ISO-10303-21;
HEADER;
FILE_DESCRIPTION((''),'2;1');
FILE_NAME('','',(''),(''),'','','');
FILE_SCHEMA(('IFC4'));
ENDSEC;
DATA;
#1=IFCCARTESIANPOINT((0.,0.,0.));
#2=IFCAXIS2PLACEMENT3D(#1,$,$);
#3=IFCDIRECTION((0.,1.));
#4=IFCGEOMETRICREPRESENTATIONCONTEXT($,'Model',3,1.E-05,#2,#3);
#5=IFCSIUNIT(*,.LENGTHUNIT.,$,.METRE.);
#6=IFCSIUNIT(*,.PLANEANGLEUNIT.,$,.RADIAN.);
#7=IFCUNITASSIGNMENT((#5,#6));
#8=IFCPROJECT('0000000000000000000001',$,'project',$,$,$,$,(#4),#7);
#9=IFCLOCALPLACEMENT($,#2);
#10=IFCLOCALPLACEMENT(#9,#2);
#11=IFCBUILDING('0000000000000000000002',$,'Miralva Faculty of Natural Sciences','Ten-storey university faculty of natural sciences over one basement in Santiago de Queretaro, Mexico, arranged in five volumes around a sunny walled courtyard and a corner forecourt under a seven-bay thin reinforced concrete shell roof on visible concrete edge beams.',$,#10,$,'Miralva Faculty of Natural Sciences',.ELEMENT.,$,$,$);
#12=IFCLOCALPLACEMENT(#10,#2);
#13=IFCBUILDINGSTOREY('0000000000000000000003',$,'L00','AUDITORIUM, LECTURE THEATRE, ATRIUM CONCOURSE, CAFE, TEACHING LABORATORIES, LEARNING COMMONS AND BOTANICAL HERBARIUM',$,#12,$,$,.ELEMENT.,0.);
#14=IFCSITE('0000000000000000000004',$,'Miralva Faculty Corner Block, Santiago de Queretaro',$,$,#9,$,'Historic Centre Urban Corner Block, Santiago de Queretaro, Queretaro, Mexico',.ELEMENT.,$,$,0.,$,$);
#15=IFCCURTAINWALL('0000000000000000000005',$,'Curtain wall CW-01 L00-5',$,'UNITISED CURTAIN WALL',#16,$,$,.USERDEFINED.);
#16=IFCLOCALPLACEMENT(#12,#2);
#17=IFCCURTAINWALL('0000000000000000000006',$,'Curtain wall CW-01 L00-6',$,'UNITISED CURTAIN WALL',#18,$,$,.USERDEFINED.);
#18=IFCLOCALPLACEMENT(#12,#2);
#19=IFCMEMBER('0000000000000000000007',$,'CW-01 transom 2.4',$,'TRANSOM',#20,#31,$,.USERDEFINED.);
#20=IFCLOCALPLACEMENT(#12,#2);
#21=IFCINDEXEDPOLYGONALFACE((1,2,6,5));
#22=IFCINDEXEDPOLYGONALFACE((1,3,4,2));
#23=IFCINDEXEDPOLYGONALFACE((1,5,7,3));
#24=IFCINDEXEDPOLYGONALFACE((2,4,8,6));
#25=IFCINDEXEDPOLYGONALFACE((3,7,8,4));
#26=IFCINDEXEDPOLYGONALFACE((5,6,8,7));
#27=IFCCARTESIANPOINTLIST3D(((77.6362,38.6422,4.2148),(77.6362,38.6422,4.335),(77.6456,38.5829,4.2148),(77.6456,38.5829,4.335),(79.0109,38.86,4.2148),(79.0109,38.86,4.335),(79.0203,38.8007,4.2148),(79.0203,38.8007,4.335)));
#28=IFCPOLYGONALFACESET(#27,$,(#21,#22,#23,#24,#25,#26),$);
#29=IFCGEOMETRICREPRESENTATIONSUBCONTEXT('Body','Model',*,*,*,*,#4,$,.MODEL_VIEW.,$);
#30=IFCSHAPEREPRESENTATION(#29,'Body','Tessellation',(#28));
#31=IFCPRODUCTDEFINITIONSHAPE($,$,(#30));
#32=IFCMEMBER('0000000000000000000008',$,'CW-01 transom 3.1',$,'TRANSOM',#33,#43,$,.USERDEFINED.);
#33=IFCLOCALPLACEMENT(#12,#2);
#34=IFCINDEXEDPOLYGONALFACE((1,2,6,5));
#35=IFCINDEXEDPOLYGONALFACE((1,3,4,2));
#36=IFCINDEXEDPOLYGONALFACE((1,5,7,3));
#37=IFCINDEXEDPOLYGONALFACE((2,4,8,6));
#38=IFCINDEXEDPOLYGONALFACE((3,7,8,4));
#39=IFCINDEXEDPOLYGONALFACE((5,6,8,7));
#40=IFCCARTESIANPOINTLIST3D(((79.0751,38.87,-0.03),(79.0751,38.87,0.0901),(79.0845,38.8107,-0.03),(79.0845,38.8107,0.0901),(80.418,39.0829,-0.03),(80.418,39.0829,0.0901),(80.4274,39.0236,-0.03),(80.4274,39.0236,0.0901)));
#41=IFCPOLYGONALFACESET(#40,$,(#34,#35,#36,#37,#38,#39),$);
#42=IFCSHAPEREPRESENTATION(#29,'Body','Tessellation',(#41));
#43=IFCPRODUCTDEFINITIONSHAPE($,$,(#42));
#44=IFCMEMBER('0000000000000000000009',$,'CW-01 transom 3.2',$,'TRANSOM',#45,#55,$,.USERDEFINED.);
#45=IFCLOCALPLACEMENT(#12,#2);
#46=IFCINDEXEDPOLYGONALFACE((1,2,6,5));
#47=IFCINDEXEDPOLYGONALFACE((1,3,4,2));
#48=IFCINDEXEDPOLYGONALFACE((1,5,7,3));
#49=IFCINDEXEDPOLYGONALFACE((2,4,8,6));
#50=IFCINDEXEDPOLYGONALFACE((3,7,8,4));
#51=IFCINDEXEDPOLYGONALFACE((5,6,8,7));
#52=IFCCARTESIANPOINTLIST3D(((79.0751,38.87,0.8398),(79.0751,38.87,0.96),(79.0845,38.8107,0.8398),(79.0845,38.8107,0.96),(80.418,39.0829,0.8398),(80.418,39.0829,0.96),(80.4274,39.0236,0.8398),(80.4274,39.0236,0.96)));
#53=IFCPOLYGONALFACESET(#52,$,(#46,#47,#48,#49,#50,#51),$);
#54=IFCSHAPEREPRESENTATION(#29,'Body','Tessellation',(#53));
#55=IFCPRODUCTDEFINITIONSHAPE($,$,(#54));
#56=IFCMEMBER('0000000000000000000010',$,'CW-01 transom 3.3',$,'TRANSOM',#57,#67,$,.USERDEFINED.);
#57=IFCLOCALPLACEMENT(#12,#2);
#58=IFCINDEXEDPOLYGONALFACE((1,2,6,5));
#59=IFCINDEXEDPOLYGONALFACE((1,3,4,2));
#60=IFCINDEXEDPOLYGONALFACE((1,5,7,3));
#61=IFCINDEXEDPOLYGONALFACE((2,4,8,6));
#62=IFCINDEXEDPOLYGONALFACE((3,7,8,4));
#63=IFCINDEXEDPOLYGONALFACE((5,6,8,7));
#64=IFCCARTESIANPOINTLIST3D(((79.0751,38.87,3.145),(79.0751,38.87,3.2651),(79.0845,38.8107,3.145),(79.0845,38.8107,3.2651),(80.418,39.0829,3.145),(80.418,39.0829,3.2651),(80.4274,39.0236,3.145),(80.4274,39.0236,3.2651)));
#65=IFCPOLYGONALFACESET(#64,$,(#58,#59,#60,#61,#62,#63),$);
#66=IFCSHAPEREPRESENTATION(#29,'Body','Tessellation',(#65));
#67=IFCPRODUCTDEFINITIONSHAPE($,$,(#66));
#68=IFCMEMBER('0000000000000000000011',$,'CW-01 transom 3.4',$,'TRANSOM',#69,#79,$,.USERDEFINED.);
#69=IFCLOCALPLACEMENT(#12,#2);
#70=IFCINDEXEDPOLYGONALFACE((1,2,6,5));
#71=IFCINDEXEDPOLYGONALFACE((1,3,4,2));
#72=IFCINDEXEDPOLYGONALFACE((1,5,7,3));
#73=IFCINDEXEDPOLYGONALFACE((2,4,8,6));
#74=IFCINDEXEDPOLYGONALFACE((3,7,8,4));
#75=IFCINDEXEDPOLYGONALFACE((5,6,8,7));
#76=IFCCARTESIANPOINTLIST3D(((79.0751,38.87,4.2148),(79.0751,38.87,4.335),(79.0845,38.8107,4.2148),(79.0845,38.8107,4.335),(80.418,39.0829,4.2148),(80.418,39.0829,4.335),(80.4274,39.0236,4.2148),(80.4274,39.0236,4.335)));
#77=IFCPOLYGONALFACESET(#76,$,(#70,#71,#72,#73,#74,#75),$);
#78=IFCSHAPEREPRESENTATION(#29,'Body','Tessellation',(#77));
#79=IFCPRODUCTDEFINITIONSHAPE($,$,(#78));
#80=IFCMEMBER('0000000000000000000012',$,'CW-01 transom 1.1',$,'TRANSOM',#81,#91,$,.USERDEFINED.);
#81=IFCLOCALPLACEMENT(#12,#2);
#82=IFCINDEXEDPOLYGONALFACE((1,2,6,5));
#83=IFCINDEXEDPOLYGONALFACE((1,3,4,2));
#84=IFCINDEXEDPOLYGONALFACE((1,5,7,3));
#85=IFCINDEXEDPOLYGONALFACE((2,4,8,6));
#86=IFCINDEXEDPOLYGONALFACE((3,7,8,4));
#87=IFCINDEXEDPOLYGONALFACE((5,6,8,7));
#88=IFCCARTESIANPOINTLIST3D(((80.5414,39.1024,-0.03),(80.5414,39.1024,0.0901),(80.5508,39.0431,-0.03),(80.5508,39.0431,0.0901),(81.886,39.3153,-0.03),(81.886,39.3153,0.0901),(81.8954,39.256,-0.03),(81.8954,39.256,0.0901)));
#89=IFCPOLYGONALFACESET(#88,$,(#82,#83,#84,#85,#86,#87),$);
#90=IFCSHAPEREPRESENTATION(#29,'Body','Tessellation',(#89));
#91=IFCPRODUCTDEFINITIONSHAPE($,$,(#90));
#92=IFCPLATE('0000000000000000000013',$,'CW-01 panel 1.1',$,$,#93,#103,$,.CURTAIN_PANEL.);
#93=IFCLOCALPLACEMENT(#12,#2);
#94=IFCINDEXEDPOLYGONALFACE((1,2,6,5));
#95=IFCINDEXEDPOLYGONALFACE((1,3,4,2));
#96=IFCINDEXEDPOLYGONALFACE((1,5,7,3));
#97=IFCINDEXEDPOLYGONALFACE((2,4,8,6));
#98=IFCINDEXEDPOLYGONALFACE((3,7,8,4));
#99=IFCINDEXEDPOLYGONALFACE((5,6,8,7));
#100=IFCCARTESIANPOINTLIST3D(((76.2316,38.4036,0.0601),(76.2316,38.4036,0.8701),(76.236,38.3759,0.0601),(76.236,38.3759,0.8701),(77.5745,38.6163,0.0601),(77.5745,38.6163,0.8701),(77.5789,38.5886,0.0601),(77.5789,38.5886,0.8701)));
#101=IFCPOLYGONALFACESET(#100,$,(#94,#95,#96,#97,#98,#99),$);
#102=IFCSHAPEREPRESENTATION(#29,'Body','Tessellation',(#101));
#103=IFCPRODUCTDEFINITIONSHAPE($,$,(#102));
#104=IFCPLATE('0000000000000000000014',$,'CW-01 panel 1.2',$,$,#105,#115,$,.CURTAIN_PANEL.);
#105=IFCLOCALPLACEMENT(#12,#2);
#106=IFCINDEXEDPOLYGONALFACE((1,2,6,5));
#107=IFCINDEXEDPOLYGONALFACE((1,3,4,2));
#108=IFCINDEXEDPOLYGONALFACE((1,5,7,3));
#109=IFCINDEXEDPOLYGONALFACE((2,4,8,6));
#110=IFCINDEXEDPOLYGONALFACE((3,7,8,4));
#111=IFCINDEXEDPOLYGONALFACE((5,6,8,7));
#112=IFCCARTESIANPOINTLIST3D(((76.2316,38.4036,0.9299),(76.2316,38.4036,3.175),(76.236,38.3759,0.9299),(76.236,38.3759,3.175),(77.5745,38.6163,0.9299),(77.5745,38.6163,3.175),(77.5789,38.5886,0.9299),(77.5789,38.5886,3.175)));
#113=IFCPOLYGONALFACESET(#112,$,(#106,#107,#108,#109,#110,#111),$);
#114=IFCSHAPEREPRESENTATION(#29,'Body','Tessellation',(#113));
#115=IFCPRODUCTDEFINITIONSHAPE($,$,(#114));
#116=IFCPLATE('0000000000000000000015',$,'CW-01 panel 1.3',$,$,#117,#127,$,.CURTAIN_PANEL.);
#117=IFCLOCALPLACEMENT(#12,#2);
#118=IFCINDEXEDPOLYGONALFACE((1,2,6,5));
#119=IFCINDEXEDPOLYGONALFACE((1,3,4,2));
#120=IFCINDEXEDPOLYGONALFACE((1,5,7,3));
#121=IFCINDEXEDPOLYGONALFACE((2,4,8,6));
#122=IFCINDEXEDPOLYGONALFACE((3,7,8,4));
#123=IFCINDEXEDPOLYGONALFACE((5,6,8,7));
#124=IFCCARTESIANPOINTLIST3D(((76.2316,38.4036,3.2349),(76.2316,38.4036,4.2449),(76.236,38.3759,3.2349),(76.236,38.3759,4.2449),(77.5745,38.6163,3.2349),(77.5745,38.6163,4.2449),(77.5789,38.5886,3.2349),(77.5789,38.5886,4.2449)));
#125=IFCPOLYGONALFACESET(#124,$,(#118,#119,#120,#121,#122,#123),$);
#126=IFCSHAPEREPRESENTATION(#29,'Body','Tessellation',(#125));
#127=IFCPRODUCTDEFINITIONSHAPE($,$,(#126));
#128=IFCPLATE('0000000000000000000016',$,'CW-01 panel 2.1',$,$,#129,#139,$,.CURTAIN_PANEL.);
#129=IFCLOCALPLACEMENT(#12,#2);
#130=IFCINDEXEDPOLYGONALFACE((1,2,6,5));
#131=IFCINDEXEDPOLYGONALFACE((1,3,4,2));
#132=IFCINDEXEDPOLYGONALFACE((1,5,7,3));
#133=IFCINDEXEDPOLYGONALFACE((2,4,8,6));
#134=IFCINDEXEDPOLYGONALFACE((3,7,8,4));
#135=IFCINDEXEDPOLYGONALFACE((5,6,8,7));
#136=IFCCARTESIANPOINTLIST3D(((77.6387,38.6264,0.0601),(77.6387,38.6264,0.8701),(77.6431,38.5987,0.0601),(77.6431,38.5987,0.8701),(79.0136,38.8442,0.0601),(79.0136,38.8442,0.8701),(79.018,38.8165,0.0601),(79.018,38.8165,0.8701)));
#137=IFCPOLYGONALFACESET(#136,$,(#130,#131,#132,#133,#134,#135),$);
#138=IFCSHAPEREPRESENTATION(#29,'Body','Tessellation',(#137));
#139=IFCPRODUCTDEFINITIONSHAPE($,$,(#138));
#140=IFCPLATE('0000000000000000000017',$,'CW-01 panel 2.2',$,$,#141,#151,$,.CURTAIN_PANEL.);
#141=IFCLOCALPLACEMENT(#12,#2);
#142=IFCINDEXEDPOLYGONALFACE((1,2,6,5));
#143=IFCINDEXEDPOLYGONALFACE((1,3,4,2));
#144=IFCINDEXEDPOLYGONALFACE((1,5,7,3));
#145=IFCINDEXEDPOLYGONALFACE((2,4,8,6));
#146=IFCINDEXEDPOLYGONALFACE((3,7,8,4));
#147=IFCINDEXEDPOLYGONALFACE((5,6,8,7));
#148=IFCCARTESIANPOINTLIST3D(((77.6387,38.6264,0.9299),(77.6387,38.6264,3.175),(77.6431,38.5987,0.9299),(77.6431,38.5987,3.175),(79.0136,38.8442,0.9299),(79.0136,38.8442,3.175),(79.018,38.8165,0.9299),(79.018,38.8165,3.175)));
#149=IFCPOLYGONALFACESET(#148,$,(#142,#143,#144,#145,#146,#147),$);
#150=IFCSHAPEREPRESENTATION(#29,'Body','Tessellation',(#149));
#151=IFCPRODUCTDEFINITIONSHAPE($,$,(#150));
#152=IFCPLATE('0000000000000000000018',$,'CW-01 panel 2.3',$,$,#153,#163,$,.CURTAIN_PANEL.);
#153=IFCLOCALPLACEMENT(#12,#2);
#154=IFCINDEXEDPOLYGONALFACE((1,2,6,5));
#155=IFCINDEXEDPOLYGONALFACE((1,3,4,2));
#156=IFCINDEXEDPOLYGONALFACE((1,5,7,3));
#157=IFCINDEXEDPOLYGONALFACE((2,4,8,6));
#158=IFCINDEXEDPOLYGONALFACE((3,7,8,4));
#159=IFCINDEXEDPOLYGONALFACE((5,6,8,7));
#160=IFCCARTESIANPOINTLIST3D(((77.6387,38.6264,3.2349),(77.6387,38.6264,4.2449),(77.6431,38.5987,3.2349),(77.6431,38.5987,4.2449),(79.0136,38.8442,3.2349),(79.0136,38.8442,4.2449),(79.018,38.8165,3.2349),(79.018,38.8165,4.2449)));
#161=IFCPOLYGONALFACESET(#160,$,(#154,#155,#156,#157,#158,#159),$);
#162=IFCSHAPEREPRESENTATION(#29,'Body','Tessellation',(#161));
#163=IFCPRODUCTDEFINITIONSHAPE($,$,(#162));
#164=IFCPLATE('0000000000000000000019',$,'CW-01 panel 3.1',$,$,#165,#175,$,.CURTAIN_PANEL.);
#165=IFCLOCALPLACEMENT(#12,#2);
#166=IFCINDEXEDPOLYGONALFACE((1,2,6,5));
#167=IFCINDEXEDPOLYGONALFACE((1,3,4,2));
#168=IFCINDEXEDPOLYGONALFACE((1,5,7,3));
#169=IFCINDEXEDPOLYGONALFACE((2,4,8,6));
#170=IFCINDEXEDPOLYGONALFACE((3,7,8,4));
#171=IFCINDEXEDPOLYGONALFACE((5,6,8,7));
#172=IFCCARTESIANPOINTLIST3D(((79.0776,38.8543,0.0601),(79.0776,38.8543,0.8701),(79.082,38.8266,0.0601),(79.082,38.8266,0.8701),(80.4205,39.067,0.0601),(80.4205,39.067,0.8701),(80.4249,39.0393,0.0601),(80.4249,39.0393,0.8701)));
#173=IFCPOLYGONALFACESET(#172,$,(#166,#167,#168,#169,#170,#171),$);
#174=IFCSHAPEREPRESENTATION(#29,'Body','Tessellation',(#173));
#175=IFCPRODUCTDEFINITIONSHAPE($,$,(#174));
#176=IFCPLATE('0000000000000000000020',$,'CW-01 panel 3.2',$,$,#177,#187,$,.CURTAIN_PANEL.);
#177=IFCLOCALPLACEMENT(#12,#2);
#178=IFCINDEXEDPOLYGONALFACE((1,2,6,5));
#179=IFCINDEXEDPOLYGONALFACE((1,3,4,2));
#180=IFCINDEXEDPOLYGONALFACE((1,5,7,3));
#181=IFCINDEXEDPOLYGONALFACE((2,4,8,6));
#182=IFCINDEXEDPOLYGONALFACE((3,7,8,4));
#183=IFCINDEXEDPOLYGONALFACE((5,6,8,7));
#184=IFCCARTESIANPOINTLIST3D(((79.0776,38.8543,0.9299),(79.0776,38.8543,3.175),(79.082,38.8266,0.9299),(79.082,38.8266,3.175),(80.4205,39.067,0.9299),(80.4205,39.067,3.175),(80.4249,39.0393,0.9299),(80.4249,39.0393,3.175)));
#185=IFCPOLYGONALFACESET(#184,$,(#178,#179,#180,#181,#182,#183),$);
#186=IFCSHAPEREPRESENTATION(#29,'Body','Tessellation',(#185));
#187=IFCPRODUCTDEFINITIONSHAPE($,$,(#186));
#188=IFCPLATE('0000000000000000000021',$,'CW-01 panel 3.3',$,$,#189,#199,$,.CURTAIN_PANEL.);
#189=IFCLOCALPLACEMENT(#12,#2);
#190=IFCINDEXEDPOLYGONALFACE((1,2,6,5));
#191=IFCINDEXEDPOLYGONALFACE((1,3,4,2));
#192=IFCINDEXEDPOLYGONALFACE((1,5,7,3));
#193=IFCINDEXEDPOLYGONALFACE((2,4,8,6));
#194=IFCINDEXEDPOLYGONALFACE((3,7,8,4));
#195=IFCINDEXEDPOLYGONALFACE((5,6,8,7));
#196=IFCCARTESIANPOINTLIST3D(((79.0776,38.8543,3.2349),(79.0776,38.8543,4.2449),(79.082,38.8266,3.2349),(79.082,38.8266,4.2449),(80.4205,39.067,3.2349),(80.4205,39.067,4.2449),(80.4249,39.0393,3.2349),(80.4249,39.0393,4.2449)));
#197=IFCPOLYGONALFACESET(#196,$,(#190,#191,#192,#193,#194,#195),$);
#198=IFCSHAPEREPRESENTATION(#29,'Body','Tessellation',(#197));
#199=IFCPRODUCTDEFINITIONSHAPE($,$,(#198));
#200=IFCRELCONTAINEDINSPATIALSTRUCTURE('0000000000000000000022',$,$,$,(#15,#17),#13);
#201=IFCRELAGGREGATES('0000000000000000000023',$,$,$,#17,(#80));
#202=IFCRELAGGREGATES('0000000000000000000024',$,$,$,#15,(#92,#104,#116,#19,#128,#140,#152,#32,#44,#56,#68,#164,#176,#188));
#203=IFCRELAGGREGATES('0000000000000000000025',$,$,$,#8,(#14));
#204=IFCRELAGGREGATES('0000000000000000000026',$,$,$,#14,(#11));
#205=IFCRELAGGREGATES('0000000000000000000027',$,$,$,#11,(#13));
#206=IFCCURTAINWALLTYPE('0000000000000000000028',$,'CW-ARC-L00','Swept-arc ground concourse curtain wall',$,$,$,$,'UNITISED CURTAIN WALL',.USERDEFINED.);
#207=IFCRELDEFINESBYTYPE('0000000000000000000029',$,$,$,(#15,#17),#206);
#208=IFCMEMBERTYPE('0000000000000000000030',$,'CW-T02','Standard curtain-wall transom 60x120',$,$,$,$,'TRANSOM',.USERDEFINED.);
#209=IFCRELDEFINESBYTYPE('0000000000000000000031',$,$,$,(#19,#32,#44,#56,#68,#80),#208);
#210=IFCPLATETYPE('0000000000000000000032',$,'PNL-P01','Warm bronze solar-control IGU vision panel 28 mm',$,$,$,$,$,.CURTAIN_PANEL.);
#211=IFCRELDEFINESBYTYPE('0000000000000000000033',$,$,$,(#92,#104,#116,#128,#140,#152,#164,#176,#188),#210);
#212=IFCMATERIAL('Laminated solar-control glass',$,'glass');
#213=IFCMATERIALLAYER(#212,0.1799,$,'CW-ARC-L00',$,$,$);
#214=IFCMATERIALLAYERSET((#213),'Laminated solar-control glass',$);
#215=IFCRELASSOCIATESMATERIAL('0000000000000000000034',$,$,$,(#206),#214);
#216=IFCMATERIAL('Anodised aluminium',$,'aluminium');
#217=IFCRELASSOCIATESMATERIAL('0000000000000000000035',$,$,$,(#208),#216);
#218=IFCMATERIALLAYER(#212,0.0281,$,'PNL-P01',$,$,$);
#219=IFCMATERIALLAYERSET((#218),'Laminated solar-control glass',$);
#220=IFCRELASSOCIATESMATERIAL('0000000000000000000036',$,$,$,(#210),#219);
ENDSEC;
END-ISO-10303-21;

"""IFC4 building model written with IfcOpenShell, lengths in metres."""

from ifc_helpers import new_model, si_unit, direction, frame, origin, origin_2d, place, context, subcontext, project, spatial, rectangle, extrude, material, layer, layer_set, material_profile, profile_set, type_object, element, aggregate, save


model = new_model("IFC4")

# Units and contexts
model_context = context("Model", 3, precision=1e-05, world=origin(), true_north=direction((0.0, 1.0)))
body_context = subcontext(model_context, "Body", "Model", "MODEL_VIEW")
ifc_project = project(units=[si_unit("LENGTHUNIT", "METRE"), si_unit("PLANEANGLEUNIT", "RADIAN")], contexts=[model_context])

# Site, building, storey
site_placement = place(None, origin())
site = spatial("IfcSite", under=ifc_project, at=site_placement, Name="Miralva Faculty Corner Block, Santiago de Queretaro", LongName="Historic Centre Urban Corner Block, Santiago de Queretaro, Queretaro, Mexico", CompositionType="ELEMENT", RefElevation=0.0)
building_placement = place(site_placement, origin())
building = spatial("IfcBuilding", under=site, at=building_placement, Name="Miralva Faculty of Natural Sciences", Description="Ten-storey university faculty of natural sciences over one basement in Santiago de Queretaro, Mexico, arranged in five volumes around a sunny walled courtyard and a corner forecourt under a seven-bay thin reinforced concrete shell roof on visible concrete edge beams.", LongName="Miralva Faculty of Natural Sciences", CompositionType="ELEMENT")
storey_placement = place(building_placement, origin())
storey = spatial("IfcBuildingStorey", under=building, at=storey_placement, Name="L00", Description="AUDITORIUM, LECTURE THEATRE, ATRIUM CONCOURSE, CAFE, TEACHING LABORATORIES, LEARNING COMMONS AND BOTANICAL HERBARIUM", CompositionType="ELEMENT", Elevation=0.0)

# Curtain wall
ifc_material_1 = material(Name="Laminated solar-control glass", Category="glass")
ifc_layer_1 = layer(ifc_material_1, 0.1799, Name="CW-ARC-L00")
ifc_layer_set_1 = layer_set([ifc_layer_1], Name="Laminated solar-control glass")
curtain_wall_type = type_object("IfcCurtainWallType", Name="CW-ARC-L00", Description="Swept-arc ground concourse curtain wall", ElementType="UNITISED CURTAIN WALL", PredefinedType="USERDEFINED", material=ifc_layer_set_1)
curtain_wall_1_placement = place(storey_placement, origin())
curtain_wall_1 = element("IfcCurtainWall", 1, at=curtain_wall_1_placement, inside=storey, type_object=curtain_wall_type, Name="Curtain wall CW-01 L00-5", ObjectType="UNITISED CURTAIN WALL", PredefinedType="USERDEFINED")
ifc_material_2 = material(Name="Anodised aluminium", Category="aluminium")

# Curtain wall
curtain_wall_2_placement = place(storey_placement, origin())
curtain_wall_2 = element("IfcCurtainWall", 2, at=curtain_wall_2_placement, inside=storey, type_object=curtain_wall_type, Name="Curtain wall CW-01 L00-6", ObjectType="UNITISED CURTAIN WALL", PredefinedType="USERDEFINED")

# Members
ifc_material_profile_1 = material_profile(ifc_material_2, rectangle(XDim=0.0601, YDim=0.1201, at=origin_2d()), Name="TRANSOM 60x120")
ifc_profile_set_1 = profile_set([ifc_material_profile_1], Name="Anodised aluminium")
member_type_1 = type_object("IfcMemberType", Name="CW-T02", Description="Standard curtain-wall transom 60x120", ElementType="TRANSOM", PredefinedType="USERDEFINED", material=ifc_profile_set_1)
member_1_placement = place(storey_placement, frame((77.6409, 38.6125, 4.2749), z_axis=(0.987685, 0.156458, 0.0), x_axis=(-0.156458, 0.987685, 0.0)))
member_1 = element("IfcMember", 3, at=member_1_placement, type_object=member_type_1, Name="CW-01 transom 2.4", ObjectType="TRANSOM", PredefinedType="USERDEFINED", context=body_context, shape_type="SweptSolid", body=[
    extrude(rectangle(XDim=0.0601, YDim=0.1201, at=origin_2d()), origin(), (0.0, 0.0, 1.0), 1.3918),
])
member_2_placement = place(storey_placement, frame((79.0798, 38.8403, 0.03), z_axis=(0.987664, 0.15659, 0.0), x_axis=(-0.15659, 0.987664, 0.0)))
member_2 = element("IfcMember", 4, at=member_2_placement, type_object=member_type_1, Name="CW-01 transom 3.1", ObjectType="TRANSOM", PredefinedType="USERDEFINED", context=body_context, shape_type="SweptSolid", body=[
    extrude(rectangle(XDim=0.0601, YDim=0.1201, at=origin_2d()), origin(), (0.0, 0.0, 1.0), 1.3596),
])
member_3_placement = place(storey_placement, frame((79.0798, 38.8403, 0.8999), z_axis=(0.987664, 0.15659, 0.0), x_axis=(-0.15659, 0.987664, 0.0)))
member_3 = element("IfcMember", 5, at=member_3_placement, type_object=member_type_1, Name="CW-01 transom 3.2", ObjectType="TRANSOM", PredefinedType="USERDEFINED", context=body_context, shape_type="SweptSolid", body=[
    extrude(rectangle(XDim=0.0601, YDim=0.1201, at=origin_2d()), origin(), (0.0, 0.0, 1.0), 1.3596),
])
member_4_placement = place(storey_placement, frame((79.0798, 38.8403, 3.2051), z_axis=(0.987664, 0.15659, 0.0), x_axis=(-0.15659, 0.987664, 0.0)))
member_4 = element("IfcMember", 6, at=member_4_placement, type_object=member_type_1, Name="CW-01 transom 3.3", ObjectType="TRANSOM", PredefinedType="USERDEFINED", context=body_context, shape_type="SweptSolid", body=[
    extrude(rectangle(XDim=0.0601, YDim=0.1201, at=origin_2d()), origin(), (0.0, 0.0, 1.0), 1.3596),
])
member_5_placement = place(storey_placement, frame((79.0798, 38.8403, 4.2749), z_axis=(0.987664, 0.15659, 0.0), x_axis=(-0.15659, 0.987664, 0.0)))
member_5 = element("IfcMember", 7, at=member_5_placement, type_object=member_type_1, Name="CW-01 transom 3.4", ObjectType="TRANSOM", PredefinedType="USERDEFINED", context=body_context, shape_type="SweptSolid", body=[
    extrude(rectangle(XDim=0.0601, YDim=0.1201, at=origin_2d()), origin(), (0.0, 0.0, 1.0), 1.3596),
])
member_6_placement = place(storey_placement, frame((80.5461, 39.0728, 0.03), z_axis=(0.987695, 0.156395, 0.0), x_axis=(-0.156395, 0.987695, 0.0)))
member_6 = element("IfcMember", 8, at=member_6_placement, type_object=member_type_1, Name="CW-01 transom 1.1", ObjectType="TRANSOM", PredefinedType="USERDEFINED", context=body_context, shape_type="SweptSolid", body=[
    extrude(rectangle(XDim=0.0601, YDim=0.1201, at=origin_2d()), origin(), (0.0, 0.0, 1.0), 1.3613),
])
aggregate(curtain_wall_2, [member_6])

# Plates
ifc_layer_2 = layer(ifc_material_1, 0.0281, Name="PNL-P01")
ifc_layer_set_2 = layer_set([ifc_layer_2], Name="Laminated solar-control glass")
plate_type = type_object("IfcPlateType", Name="PNL-P01", Description="Warm bronze solar-control IGU vision panel 28 mm", PredefinedType="CURTAIN_PANEL", material=ifc_layer_set_2)
plate_1_placement = place(storey_placement, frame((76.9053, 38.4961, 0.0601), z_axis=(0.0, 0.0, 1.0), x_axis=(0.987688, 0.15644, 0.0)))
plate_1 = element("IfcPlate", 9, at=plate_1_placement, type_object=plate_type, Name="CW-01 panel 1.1", PredefinedType="CURTAIN_PANEL", context=body_context, shape_type="SweptSolid", body=[
    extrude(rectangle(XDim=1.3596, YDim=0.0281, at=origin_2d()), origin(), (0.0, 0.0, 1.0), 0.8101),
])
plate_2_placement = place(storey_placement, frame((76.9053, 38.4961, 0.9299), z_axis=(0.0, 0.0, 1.0), x_axis=(0.987688, 0.15644, 0.0)))
plate_2 = element("IfcPlate", 10, at=plate_2_placement, type_object=plate_type, Name="CW-01 panel 1.2", PredefinedType="CURTAIN_PANEL", context=body_context, shape_type="SweptSolid", body=[
    extrude(rectangle(XDim=1.3596, YDim=0.0281, at=origin_2d()), origin(), (0.0, 0.0, 1.0), 2.2451),
])
plate_3_placement = place(storey_placement, frame((76.9053, 38.4961, 3.2349), z_axis=(0.0, 0.0, 1.0), x_axis=(0.987688, 0.15644, 0.0)))
plate_3 = element("IfcPlate", 11, at=plate_3_placement, type_object=plate_type, Name="CW-01 panel 1.3", PredefinedType="CURTAIN_PANEL", context=body_context, shape_type="SweptSolid", body=[
    extrude(rectangle(XDim=1.3596, YDim=0.0281, at=origin_2d()), origin(), (0.0, 0.0, 1.0), 1.01),
])
plate_4_placement = place(storey_placement, frame((78.3284, 38.7214, 0.0601), z_axis=(0.0, 0.0, 1.0), x_axis=(0.987688, 0.15644, 0.0)))
plate_4 = element("IfcPlate", 12, at=plate_4_placement, type_object=plate_type, Name="CW-01 panel 2.1", PredefinedType="CURTAIN_PANEL", context=body_context, shape_type="SweptSolid", body=[
    extrude(rectangle(XDim=1.3921, YDim=0.0281, at=origin_2d()), origin(), (0.0, 0.0, 1.0), 0.8101),
])
plate_5_placement = place(storey_placement, frame((78.3284, 38.7214, 0.9299), z_axis=(0.0, 0.0, 1.0), x_axis=(0.987688, 0.15644, 0.0)))
plate_5 = element("IfcPlate", 13, at=plate_5_placement, type_object=plate_type, Name="CW-01 panel 2.2", PredefinedType="CURTAIN_PANEL", context=body_context, shape_type="SweptSolid", body=[
    extrude(rectangle(XDim=1.3921, YDim=0.0281, at=origin_2d()), origin(), (0.0, 0.0, 1.0), 2.2451),
])
plate_6_placement = place(storey_placement, frame((78.3284, 38.7214, 3.2349), z_axis=(0.0, 0.0, 1.0), x_axis=(0.987688, 0.15644, 0.0)))
plate_6 = element("IfcPlate", 14, at=plate_6_placement, type_object=plate_type, Name="CW-01 panel 2.3", PredefinedType="CURTAIN_PANEL", context=body_context, shape_type="SweptSolid", body=[
    extrude(rectangle(XDim=1.3921, YDim=0.0281, at=origin_2d()), origin(), (0.0, 0.0, 1.0), 1.01),
])
plate_7_placement = place(storey_placement, frame((79.7512, 38.9468, 0.0601), z_axis=(0.0, 0.0, 1.0), x_axis=(0.987688, 0.15644, 0.0)))
plate_7 = element("IfcPlate", 15, at=plate_7_placement, type_object=plate_type, Name="CW-01 panel 3.1", PredefinedType="CURTAIN_PANEL", context=body_context, shape_type="SweptSolid", body=[
    extrude(rectangle(XDim=1.3596, YDim=0.0281, at=origin_2d()), origin(), (0.0, 0.0, 1.0), 0.8101),
])
plate_8_placement = place(storey_placement, frame((79.7512, 38.9468, 0.9299), z_axis=(0.0, 0.0, 1.0), x_axis=(0.987688, 0.15644, 0.0)))
plate_8 = element("IfcPlate", 16, at=plate_8_placement, type_object=plate_type, Name="CW-01 panel 3.2", PredefinedType="CURTAIN_PANEL", context=body_context, shape_type="SweptSolid", body=[
    extrude(rectangle(XDim=1.3596, YDim=0.0281, at=origin_2d()), origin(), (0.0, 0.0, 1.0), 2.2451),
])
plate_9_placement = place(storey_placement, frame((79.7512, 38.9468, 3.2349), z_axis=(0.0, 0.0, 1.0), x_axis=(0.987688, 0.15644, 0.0)))
plate_9 = element("IfcPlate", 17, at=plate_9_placement, type_object=plate_type, Name="CW-01 panel 3.3", PredefinedType="CURTAIN_PANEL", context=body_context, shape_type="SweptSolid", body=[
    extrude(rectangle(XDim=1.3596, YDim=0.0281, at=origin_2d()), origin(), (0.0, 0.0, 1.0), 1.01),
])
aggregate(curtain_wall_1, [plate_1, plate_2, plate_3, member_1, plate_4, plate_5, plate_6, member_2, member_3, member_4, member_5, plate_7, plate_8, plate_9])

save(model, "model.ifc")
